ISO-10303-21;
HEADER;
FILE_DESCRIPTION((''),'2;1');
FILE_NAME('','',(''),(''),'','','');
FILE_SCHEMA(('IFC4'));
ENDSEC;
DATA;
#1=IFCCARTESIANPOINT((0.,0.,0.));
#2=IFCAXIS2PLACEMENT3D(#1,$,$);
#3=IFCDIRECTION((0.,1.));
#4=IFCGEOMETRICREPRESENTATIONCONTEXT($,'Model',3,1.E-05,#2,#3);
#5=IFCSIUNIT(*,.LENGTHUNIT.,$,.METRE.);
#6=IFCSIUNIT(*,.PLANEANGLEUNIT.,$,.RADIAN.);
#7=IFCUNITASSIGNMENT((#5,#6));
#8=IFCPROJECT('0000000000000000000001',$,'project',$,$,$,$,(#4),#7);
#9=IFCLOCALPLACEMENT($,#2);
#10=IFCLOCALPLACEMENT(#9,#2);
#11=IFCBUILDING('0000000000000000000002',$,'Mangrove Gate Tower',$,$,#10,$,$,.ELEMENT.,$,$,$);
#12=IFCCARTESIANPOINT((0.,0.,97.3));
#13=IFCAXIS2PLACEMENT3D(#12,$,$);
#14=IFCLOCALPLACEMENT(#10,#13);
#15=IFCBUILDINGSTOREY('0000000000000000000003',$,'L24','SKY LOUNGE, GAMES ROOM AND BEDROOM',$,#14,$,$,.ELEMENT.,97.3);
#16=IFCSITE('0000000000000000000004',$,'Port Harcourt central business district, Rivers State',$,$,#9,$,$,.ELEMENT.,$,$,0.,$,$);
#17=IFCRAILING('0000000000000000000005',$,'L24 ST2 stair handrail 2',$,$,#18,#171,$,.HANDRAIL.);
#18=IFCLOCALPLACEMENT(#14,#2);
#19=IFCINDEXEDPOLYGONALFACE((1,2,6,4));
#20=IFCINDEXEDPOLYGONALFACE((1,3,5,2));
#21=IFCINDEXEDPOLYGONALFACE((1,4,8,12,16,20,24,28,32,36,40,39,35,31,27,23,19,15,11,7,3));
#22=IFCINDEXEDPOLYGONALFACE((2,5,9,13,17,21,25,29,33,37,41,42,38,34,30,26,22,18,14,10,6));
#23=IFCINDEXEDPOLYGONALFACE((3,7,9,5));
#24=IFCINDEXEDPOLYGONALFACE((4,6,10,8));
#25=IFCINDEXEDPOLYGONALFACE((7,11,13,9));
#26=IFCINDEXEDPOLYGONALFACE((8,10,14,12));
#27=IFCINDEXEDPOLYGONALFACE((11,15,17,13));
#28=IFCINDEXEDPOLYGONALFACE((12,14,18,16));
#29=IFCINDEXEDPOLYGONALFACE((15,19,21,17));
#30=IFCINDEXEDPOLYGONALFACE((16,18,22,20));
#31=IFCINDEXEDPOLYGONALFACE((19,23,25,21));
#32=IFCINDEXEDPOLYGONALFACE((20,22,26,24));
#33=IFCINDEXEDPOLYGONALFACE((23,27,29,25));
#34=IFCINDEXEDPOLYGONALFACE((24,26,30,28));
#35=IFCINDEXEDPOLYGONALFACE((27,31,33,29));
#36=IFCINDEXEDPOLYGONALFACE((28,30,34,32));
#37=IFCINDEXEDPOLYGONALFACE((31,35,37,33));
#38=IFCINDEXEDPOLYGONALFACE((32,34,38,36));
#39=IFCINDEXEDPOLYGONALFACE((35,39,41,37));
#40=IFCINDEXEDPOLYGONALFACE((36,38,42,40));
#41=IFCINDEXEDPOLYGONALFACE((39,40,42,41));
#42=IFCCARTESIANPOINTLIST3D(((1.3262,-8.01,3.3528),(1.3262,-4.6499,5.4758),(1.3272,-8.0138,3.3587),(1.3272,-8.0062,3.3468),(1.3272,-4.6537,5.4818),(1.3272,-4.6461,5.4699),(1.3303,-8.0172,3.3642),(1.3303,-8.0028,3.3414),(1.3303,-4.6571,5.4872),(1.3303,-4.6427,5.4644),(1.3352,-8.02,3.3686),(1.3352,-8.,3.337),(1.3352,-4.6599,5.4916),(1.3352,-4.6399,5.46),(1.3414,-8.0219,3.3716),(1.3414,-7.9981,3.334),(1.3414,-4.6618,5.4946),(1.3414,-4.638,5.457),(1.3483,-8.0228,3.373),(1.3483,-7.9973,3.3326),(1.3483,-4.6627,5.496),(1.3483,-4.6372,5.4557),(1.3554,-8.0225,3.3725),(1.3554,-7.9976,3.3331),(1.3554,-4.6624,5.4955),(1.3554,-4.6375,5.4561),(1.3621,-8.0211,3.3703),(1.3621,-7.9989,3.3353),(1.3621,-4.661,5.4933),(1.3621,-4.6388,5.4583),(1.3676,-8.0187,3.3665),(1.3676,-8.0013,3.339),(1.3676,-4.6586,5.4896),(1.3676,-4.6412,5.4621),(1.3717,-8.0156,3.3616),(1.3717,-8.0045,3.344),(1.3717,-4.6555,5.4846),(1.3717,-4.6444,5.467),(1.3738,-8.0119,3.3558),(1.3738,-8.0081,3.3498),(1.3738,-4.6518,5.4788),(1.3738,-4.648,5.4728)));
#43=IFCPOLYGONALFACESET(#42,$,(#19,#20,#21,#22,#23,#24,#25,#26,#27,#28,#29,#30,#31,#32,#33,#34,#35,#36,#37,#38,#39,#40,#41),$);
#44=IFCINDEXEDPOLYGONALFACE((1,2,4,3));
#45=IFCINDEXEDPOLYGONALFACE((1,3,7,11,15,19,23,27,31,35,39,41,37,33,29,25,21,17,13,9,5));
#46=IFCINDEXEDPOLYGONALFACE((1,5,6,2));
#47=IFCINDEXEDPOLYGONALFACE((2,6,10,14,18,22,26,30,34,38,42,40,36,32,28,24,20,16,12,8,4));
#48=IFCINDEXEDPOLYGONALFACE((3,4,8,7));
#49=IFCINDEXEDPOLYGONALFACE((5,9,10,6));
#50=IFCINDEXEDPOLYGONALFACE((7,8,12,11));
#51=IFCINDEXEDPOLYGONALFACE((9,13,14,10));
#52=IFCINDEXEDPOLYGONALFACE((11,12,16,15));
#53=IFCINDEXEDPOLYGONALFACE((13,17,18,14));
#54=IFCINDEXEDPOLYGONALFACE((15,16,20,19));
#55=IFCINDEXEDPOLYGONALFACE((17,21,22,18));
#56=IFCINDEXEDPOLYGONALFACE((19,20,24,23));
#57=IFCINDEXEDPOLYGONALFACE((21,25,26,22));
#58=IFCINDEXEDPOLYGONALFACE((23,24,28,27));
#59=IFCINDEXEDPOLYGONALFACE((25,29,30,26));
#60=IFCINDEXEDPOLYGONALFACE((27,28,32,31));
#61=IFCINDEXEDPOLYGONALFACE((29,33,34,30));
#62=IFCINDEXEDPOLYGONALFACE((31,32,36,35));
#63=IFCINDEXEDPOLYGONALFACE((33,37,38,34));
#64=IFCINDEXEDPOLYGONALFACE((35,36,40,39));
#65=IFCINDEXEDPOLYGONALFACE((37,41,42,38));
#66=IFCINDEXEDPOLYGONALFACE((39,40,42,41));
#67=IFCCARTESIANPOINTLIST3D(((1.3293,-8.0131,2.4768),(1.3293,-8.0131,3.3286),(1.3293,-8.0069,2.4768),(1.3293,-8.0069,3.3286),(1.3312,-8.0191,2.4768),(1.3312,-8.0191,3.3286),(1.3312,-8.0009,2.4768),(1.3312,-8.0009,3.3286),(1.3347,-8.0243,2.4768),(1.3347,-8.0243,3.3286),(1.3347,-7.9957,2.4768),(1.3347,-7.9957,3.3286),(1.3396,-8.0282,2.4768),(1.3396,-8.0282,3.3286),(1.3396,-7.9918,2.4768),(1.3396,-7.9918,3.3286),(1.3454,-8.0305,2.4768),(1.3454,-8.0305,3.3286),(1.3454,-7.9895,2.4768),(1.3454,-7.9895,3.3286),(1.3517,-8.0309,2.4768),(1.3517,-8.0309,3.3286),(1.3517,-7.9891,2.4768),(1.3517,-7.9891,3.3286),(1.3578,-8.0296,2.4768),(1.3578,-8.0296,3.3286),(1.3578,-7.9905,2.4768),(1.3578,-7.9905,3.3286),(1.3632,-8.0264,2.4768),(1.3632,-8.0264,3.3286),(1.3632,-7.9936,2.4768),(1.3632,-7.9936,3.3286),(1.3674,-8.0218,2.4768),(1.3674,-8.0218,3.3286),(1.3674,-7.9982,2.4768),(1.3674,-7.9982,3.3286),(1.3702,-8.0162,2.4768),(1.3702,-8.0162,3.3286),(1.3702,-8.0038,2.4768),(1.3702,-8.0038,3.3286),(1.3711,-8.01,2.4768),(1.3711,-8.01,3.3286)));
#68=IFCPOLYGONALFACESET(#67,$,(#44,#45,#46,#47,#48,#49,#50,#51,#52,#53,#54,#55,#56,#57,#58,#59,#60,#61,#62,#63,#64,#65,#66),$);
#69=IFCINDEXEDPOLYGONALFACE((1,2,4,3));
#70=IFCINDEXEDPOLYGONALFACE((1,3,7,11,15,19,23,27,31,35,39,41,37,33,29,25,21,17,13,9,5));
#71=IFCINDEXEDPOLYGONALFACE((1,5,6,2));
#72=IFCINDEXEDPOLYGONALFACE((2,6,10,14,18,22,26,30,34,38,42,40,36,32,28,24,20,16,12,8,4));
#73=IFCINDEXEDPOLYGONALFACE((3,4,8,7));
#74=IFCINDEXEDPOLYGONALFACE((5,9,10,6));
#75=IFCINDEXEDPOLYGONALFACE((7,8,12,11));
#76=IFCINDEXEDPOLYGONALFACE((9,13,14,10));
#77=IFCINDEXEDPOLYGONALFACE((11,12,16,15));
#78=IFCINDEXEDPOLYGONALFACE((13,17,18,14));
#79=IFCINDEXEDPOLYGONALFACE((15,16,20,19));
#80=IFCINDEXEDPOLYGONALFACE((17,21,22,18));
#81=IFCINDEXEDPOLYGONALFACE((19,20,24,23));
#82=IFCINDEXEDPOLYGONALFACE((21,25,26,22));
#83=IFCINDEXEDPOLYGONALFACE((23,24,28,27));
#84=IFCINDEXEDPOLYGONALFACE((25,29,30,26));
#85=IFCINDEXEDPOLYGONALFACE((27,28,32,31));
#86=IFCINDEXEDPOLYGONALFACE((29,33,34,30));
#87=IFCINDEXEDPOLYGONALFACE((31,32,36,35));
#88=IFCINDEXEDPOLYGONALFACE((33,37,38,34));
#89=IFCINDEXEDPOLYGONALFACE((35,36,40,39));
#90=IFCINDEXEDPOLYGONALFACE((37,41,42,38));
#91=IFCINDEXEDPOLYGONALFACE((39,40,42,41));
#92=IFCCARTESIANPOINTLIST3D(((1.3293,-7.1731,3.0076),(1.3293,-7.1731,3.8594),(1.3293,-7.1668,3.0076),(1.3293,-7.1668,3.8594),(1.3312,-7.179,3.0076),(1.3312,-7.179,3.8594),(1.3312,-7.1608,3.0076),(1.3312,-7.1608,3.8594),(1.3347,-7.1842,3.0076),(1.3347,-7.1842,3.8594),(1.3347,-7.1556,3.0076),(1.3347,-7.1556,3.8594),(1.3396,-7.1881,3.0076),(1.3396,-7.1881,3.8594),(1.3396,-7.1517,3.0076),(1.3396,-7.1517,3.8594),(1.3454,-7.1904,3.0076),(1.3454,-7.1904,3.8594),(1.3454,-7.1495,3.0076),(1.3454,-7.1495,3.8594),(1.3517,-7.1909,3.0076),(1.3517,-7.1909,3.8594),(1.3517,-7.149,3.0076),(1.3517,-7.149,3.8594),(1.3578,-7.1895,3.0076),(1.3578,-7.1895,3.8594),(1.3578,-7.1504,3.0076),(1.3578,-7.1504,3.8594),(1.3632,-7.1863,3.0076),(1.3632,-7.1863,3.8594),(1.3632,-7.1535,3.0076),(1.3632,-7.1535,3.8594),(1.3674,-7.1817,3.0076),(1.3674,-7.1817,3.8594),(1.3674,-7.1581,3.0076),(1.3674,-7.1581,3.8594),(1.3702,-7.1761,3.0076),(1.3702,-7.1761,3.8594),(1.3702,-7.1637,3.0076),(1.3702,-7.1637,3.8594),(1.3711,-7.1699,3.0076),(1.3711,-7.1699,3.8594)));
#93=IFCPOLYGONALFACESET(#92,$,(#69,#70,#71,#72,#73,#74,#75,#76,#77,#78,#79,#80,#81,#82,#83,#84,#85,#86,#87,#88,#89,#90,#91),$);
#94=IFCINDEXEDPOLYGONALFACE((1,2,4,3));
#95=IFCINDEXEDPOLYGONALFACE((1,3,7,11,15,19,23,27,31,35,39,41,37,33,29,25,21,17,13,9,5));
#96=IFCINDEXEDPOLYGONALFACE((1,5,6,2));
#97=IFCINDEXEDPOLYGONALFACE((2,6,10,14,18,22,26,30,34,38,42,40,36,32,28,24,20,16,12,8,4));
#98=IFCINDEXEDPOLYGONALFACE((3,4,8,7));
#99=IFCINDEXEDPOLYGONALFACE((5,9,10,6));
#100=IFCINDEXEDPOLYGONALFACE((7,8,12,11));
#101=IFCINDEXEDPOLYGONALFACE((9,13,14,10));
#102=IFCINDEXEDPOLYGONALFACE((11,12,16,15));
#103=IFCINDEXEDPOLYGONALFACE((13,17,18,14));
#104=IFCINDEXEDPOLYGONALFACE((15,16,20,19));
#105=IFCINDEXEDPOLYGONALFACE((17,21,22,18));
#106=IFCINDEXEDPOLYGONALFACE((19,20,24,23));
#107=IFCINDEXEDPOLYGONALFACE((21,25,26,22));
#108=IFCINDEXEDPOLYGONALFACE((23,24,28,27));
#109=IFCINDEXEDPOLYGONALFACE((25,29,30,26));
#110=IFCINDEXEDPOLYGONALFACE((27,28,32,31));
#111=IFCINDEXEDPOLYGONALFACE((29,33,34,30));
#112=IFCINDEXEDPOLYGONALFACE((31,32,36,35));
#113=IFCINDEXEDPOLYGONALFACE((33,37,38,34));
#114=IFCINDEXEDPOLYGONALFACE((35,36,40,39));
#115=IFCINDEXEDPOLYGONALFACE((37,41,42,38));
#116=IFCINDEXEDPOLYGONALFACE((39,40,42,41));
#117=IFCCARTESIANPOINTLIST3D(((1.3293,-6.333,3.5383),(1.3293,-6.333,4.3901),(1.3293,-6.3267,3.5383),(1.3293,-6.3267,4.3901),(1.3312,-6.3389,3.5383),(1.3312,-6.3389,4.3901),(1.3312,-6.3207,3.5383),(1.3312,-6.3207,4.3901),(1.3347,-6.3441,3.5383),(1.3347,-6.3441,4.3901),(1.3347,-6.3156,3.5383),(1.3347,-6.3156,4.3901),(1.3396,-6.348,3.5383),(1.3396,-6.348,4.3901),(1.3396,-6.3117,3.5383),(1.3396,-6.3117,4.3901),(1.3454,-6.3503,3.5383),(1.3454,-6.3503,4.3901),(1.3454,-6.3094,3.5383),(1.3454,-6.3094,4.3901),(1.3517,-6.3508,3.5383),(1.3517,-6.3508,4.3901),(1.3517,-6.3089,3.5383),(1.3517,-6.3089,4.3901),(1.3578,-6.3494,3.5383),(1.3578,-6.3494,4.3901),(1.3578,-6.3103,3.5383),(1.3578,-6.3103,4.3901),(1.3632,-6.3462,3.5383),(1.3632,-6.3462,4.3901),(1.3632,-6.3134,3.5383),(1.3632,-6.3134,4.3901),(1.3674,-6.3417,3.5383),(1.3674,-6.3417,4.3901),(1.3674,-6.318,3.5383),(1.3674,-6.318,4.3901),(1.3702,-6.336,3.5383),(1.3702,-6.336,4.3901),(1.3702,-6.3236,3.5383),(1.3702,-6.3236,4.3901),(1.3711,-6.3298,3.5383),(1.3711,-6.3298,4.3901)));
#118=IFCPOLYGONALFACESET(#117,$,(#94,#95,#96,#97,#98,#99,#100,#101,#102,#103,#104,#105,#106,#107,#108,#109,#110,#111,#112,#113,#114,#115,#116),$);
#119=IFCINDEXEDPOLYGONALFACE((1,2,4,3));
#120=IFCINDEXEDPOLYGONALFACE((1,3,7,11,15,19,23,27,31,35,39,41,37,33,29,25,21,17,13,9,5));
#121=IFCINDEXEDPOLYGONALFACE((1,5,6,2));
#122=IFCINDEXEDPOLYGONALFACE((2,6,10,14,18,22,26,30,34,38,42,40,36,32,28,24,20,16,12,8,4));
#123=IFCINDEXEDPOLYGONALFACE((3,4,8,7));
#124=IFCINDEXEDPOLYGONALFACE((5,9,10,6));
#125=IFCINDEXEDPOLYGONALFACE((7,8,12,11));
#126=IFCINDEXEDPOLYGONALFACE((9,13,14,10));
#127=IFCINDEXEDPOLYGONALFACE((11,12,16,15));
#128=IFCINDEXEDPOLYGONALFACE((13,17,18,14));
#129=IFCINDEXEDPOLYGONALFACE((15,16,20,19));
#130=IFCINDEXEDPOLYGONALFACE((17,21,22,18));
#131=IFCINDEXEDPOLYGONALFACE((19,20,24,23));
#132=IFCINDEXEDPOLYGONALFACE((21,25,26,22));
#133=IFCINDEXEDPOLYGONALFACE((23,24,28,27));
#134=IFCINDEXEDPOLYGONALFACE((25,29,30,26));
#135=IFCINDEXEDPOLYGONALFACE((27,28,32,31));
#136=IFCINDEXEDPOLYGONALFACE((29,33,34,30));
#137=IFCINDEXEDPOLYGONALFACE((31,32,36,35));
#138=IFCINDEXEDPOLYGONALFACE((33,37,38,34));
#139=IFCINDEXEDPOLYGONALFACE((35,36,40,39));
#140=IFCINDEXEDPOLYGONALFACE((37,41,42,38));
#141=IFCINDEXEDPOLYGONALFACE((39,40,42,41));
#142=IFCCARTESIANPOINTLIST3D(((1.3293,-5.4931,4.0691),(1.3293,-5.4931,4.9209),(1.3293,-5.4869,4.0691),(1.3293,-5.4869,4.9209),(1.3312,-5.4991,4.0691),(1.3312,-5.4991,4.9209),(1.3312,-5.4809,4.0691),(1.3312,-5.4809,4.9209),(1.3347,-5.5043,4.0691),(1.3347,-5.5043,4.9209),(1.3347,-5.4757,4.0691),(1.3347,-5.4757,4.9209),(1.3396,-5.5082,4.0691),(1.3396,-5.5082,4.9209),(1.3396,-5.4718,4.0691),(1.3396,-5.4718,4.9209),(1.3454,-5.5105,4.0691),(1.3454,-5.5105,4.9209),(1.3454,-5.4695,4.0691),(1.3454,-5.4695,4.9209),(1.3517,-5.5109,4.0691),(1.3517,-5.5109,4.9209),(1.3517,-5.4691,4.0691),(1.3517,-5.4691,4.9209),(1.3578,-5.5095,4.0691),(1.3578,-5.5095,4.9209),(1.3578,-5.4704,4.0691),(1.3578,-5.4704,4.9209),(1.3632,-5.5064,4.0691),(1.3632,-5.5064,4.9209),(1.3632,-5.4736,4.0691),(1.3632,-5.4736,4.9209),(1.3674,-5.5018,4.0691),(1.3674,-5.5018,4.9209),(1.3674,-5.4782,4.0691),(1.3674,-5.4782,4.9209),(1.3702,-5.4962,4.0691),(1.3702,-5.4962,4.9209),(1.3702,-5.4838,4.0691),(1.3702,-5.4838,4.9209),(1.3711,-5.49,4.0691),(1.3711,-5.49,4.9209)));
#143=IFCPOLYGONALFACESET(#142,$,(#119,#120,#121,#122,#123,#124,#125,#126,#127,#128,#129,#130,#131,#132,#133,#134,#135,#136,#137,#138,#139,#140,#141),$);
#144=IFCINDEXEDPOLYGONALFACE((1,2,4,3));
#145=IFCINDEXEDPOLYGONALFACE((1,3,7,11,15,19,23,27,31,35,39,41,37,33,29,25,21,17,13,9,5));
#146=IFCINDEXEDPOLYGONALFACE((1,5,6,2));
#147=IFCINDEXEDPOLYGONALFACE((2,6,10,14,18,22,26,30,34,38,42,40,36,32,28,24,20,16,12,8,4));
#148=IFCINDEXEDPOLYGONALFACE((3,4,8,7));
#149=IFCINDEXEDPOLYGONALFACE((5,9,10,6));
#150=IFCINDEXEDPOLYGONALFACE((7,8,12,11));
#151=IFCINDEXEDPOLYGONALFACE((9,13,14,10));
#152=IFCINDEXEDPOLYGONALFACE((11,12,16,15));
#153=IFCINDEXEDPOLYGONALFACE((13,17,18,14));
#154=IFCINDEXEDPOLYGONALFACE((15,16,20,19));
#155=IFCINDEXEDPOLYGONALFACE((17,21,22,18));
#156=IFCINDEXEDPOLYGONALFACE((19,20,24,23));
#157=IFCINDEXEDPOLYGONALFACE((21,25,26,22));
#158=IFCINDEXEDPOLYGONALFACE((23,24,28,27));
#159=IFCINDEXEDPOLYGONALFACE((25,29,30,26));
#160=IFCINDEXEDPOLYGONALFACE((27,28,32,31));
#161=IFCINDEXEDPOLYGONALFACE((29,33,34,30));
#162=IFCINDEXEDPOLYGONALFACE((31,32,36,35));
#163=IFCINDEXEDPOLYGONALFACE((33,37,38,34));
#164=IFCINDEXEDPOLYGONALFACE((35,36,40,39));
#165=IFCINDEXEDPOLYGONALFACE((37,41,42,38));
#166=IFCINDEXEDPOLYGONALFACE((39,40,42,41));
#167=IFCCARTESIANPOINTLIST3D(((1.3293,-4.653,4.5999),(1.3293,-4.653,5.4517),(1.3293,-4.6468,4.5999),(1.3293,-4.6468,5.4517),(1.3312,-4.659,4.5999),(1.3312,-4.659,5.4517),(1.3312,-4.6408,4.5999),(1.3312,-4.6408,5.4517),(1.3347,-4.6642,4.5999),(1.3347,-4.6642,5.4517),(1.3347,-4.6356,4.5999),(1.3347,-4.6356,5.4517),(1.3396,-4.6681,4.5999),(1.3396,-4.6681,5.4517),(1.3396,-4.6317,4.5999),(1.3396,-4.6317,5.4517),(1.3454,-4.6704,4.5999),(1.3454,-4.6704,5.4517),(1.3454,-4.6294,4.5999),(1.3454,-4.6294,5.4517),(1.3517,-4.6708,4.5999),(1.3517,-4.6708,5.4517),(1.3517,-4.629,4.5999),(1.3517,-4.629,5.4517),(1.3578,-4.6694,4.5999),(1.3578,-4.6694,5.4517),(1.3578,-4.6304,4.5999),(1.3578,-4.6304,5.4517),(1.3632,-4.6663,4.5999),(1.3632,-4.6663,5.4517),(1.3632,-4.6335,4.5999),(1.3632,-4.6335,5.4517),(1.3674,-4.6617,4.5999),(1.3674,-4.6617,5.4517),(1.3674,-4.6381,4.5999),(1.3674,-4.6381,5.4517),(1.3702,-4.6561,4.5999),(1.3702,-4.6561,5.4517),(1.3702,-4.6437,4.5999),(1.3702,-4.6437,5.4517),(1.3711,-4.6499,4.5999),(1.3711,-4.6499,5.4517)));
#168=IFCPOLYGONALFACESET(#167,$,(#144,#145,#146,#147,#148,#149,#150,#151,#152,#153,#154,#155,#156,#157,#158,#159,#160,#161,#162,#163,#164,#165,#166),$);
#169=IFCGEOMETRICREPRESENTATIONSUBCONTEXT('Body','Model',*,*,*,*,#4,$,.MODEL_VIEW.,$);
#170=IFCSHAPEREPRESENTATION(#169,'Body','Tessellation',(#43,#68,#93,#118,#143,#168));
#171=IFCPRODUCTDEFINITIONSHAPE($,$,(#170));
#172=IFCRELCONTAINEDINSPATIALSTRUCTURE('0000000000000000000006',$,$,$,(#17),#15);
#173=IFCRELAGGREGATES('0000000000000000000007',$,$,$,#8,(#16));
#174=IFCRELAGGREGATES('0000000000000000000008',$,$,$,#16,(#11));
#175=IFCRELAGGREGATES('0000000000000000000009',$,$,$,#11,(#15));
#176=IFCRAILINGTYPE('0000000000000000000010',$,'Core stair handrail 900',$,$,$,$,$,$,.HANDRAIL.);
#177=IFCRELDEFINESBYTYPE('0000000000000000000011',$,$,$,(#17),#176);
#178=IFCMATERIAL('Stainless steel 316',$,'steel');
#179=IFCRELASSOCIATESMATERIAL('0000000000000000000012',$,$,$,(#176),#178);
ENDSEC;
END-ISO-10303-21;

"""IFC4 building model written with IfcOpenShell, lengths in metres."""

from ifc_helpers import new_model, si_unit, direction, frame, origin, origin_2d, place, context, subcontext, project, spatial, circle, extrude, material, type_object, element, save


model = new_model("IFC4")

# Units and contexts
model_context = context("Model", 3, precision=1e-05, world=origin(), true_north=direction((0.0, 1.0)))
body_context = subcontext(model_context, "Body", "Model", "MODEL_VIEW")
ifc_project = project(units=[si_unit("LENGTHUNIT", "METRE"), si_unit("PLANEANGLEUNIT", "RADIAN")], contexts=[model_context])

# Site, building, storey
site_placement = place(None, origin())
site = spatial("IfcSite", under=ifc_project, at=site_placement, Name="Port Harcourt central business district, Rivers State", CompositionType="ELEMENT", RefElevation=0.0)
building_placement = place(site_placement, origin())
building = spatial("IfcBuilding", under=site, at=building_placement, Name="Mangrove Gate Tower", CompositionType="ELEMENT")
storey_placement = place(building_placement, frame((0.0, 0.0, 97.3)))
storey = spatial("IfcBuildingStorey", under=building, at=storey_placement, Name="L24", Description="SKY LOUNGE, GAMES ROOM AND BEDROOM", CompositionType="ELEMENT", Elevation=97.3)

# Railing
ifc_material_1 = material(Name="Stainless steel 316", Category="steel")
railing_type_1 = type_object("IfcRailingType", Name="Core stair handrail 900", PredefinedType="HANDRAIL", material=ifc_material_1)
railing_1_placement = place(storey_placement, frame((1.3501, -8.01, 2.4768)))
element("IfcRailing", 1, at=railing_1_placement, inside=storey, type_object=railing_type_1, Name="L24 ST2 stair handrail 2", PredefinedType="HANDRAIL", context=body_context, shape_type="SweptSolid", body=[
    extrude(circle(Radius=0.0239, at=origin_2d()), frame((0.0, 0.0, 0.876), z_axis=(0.0, 0.84539, 0.53415), x_axis=(-1.0, 0.0, 0.0)), (0.0, 0.0, 1.0), 3.9746),
    extrude(circle(Radius=0.021, at=origin_2d()), origin(), (0.0, 0.0, 1.0), 0.8518),
    extrude(circle(Radius=0.021, at=origin_2d()), frame((0.0, 0.8401, 0.5308)), (0.0, 0.0, 1.0), 0.8518),
    extrude(circle(Radius=0.021, at=origin_2d()), frame((0.0, 1.6802, 1.0615)), (0.0, 0.0, 1.0), 0.8518),
    extrude(circle(Radius=0.021, at=origin_2d()), frame((0.0, 2.52, 1.5923)), (0.0, 0.0, 1.0), 0.8518),
    extrude(circle(Radius=0.021, at=origin_2d()), frame((0.0, 3.3601, 2.123)), (0.0, 0.0, 1.0), 0.8518),
])

save(model, "model.ifc")
